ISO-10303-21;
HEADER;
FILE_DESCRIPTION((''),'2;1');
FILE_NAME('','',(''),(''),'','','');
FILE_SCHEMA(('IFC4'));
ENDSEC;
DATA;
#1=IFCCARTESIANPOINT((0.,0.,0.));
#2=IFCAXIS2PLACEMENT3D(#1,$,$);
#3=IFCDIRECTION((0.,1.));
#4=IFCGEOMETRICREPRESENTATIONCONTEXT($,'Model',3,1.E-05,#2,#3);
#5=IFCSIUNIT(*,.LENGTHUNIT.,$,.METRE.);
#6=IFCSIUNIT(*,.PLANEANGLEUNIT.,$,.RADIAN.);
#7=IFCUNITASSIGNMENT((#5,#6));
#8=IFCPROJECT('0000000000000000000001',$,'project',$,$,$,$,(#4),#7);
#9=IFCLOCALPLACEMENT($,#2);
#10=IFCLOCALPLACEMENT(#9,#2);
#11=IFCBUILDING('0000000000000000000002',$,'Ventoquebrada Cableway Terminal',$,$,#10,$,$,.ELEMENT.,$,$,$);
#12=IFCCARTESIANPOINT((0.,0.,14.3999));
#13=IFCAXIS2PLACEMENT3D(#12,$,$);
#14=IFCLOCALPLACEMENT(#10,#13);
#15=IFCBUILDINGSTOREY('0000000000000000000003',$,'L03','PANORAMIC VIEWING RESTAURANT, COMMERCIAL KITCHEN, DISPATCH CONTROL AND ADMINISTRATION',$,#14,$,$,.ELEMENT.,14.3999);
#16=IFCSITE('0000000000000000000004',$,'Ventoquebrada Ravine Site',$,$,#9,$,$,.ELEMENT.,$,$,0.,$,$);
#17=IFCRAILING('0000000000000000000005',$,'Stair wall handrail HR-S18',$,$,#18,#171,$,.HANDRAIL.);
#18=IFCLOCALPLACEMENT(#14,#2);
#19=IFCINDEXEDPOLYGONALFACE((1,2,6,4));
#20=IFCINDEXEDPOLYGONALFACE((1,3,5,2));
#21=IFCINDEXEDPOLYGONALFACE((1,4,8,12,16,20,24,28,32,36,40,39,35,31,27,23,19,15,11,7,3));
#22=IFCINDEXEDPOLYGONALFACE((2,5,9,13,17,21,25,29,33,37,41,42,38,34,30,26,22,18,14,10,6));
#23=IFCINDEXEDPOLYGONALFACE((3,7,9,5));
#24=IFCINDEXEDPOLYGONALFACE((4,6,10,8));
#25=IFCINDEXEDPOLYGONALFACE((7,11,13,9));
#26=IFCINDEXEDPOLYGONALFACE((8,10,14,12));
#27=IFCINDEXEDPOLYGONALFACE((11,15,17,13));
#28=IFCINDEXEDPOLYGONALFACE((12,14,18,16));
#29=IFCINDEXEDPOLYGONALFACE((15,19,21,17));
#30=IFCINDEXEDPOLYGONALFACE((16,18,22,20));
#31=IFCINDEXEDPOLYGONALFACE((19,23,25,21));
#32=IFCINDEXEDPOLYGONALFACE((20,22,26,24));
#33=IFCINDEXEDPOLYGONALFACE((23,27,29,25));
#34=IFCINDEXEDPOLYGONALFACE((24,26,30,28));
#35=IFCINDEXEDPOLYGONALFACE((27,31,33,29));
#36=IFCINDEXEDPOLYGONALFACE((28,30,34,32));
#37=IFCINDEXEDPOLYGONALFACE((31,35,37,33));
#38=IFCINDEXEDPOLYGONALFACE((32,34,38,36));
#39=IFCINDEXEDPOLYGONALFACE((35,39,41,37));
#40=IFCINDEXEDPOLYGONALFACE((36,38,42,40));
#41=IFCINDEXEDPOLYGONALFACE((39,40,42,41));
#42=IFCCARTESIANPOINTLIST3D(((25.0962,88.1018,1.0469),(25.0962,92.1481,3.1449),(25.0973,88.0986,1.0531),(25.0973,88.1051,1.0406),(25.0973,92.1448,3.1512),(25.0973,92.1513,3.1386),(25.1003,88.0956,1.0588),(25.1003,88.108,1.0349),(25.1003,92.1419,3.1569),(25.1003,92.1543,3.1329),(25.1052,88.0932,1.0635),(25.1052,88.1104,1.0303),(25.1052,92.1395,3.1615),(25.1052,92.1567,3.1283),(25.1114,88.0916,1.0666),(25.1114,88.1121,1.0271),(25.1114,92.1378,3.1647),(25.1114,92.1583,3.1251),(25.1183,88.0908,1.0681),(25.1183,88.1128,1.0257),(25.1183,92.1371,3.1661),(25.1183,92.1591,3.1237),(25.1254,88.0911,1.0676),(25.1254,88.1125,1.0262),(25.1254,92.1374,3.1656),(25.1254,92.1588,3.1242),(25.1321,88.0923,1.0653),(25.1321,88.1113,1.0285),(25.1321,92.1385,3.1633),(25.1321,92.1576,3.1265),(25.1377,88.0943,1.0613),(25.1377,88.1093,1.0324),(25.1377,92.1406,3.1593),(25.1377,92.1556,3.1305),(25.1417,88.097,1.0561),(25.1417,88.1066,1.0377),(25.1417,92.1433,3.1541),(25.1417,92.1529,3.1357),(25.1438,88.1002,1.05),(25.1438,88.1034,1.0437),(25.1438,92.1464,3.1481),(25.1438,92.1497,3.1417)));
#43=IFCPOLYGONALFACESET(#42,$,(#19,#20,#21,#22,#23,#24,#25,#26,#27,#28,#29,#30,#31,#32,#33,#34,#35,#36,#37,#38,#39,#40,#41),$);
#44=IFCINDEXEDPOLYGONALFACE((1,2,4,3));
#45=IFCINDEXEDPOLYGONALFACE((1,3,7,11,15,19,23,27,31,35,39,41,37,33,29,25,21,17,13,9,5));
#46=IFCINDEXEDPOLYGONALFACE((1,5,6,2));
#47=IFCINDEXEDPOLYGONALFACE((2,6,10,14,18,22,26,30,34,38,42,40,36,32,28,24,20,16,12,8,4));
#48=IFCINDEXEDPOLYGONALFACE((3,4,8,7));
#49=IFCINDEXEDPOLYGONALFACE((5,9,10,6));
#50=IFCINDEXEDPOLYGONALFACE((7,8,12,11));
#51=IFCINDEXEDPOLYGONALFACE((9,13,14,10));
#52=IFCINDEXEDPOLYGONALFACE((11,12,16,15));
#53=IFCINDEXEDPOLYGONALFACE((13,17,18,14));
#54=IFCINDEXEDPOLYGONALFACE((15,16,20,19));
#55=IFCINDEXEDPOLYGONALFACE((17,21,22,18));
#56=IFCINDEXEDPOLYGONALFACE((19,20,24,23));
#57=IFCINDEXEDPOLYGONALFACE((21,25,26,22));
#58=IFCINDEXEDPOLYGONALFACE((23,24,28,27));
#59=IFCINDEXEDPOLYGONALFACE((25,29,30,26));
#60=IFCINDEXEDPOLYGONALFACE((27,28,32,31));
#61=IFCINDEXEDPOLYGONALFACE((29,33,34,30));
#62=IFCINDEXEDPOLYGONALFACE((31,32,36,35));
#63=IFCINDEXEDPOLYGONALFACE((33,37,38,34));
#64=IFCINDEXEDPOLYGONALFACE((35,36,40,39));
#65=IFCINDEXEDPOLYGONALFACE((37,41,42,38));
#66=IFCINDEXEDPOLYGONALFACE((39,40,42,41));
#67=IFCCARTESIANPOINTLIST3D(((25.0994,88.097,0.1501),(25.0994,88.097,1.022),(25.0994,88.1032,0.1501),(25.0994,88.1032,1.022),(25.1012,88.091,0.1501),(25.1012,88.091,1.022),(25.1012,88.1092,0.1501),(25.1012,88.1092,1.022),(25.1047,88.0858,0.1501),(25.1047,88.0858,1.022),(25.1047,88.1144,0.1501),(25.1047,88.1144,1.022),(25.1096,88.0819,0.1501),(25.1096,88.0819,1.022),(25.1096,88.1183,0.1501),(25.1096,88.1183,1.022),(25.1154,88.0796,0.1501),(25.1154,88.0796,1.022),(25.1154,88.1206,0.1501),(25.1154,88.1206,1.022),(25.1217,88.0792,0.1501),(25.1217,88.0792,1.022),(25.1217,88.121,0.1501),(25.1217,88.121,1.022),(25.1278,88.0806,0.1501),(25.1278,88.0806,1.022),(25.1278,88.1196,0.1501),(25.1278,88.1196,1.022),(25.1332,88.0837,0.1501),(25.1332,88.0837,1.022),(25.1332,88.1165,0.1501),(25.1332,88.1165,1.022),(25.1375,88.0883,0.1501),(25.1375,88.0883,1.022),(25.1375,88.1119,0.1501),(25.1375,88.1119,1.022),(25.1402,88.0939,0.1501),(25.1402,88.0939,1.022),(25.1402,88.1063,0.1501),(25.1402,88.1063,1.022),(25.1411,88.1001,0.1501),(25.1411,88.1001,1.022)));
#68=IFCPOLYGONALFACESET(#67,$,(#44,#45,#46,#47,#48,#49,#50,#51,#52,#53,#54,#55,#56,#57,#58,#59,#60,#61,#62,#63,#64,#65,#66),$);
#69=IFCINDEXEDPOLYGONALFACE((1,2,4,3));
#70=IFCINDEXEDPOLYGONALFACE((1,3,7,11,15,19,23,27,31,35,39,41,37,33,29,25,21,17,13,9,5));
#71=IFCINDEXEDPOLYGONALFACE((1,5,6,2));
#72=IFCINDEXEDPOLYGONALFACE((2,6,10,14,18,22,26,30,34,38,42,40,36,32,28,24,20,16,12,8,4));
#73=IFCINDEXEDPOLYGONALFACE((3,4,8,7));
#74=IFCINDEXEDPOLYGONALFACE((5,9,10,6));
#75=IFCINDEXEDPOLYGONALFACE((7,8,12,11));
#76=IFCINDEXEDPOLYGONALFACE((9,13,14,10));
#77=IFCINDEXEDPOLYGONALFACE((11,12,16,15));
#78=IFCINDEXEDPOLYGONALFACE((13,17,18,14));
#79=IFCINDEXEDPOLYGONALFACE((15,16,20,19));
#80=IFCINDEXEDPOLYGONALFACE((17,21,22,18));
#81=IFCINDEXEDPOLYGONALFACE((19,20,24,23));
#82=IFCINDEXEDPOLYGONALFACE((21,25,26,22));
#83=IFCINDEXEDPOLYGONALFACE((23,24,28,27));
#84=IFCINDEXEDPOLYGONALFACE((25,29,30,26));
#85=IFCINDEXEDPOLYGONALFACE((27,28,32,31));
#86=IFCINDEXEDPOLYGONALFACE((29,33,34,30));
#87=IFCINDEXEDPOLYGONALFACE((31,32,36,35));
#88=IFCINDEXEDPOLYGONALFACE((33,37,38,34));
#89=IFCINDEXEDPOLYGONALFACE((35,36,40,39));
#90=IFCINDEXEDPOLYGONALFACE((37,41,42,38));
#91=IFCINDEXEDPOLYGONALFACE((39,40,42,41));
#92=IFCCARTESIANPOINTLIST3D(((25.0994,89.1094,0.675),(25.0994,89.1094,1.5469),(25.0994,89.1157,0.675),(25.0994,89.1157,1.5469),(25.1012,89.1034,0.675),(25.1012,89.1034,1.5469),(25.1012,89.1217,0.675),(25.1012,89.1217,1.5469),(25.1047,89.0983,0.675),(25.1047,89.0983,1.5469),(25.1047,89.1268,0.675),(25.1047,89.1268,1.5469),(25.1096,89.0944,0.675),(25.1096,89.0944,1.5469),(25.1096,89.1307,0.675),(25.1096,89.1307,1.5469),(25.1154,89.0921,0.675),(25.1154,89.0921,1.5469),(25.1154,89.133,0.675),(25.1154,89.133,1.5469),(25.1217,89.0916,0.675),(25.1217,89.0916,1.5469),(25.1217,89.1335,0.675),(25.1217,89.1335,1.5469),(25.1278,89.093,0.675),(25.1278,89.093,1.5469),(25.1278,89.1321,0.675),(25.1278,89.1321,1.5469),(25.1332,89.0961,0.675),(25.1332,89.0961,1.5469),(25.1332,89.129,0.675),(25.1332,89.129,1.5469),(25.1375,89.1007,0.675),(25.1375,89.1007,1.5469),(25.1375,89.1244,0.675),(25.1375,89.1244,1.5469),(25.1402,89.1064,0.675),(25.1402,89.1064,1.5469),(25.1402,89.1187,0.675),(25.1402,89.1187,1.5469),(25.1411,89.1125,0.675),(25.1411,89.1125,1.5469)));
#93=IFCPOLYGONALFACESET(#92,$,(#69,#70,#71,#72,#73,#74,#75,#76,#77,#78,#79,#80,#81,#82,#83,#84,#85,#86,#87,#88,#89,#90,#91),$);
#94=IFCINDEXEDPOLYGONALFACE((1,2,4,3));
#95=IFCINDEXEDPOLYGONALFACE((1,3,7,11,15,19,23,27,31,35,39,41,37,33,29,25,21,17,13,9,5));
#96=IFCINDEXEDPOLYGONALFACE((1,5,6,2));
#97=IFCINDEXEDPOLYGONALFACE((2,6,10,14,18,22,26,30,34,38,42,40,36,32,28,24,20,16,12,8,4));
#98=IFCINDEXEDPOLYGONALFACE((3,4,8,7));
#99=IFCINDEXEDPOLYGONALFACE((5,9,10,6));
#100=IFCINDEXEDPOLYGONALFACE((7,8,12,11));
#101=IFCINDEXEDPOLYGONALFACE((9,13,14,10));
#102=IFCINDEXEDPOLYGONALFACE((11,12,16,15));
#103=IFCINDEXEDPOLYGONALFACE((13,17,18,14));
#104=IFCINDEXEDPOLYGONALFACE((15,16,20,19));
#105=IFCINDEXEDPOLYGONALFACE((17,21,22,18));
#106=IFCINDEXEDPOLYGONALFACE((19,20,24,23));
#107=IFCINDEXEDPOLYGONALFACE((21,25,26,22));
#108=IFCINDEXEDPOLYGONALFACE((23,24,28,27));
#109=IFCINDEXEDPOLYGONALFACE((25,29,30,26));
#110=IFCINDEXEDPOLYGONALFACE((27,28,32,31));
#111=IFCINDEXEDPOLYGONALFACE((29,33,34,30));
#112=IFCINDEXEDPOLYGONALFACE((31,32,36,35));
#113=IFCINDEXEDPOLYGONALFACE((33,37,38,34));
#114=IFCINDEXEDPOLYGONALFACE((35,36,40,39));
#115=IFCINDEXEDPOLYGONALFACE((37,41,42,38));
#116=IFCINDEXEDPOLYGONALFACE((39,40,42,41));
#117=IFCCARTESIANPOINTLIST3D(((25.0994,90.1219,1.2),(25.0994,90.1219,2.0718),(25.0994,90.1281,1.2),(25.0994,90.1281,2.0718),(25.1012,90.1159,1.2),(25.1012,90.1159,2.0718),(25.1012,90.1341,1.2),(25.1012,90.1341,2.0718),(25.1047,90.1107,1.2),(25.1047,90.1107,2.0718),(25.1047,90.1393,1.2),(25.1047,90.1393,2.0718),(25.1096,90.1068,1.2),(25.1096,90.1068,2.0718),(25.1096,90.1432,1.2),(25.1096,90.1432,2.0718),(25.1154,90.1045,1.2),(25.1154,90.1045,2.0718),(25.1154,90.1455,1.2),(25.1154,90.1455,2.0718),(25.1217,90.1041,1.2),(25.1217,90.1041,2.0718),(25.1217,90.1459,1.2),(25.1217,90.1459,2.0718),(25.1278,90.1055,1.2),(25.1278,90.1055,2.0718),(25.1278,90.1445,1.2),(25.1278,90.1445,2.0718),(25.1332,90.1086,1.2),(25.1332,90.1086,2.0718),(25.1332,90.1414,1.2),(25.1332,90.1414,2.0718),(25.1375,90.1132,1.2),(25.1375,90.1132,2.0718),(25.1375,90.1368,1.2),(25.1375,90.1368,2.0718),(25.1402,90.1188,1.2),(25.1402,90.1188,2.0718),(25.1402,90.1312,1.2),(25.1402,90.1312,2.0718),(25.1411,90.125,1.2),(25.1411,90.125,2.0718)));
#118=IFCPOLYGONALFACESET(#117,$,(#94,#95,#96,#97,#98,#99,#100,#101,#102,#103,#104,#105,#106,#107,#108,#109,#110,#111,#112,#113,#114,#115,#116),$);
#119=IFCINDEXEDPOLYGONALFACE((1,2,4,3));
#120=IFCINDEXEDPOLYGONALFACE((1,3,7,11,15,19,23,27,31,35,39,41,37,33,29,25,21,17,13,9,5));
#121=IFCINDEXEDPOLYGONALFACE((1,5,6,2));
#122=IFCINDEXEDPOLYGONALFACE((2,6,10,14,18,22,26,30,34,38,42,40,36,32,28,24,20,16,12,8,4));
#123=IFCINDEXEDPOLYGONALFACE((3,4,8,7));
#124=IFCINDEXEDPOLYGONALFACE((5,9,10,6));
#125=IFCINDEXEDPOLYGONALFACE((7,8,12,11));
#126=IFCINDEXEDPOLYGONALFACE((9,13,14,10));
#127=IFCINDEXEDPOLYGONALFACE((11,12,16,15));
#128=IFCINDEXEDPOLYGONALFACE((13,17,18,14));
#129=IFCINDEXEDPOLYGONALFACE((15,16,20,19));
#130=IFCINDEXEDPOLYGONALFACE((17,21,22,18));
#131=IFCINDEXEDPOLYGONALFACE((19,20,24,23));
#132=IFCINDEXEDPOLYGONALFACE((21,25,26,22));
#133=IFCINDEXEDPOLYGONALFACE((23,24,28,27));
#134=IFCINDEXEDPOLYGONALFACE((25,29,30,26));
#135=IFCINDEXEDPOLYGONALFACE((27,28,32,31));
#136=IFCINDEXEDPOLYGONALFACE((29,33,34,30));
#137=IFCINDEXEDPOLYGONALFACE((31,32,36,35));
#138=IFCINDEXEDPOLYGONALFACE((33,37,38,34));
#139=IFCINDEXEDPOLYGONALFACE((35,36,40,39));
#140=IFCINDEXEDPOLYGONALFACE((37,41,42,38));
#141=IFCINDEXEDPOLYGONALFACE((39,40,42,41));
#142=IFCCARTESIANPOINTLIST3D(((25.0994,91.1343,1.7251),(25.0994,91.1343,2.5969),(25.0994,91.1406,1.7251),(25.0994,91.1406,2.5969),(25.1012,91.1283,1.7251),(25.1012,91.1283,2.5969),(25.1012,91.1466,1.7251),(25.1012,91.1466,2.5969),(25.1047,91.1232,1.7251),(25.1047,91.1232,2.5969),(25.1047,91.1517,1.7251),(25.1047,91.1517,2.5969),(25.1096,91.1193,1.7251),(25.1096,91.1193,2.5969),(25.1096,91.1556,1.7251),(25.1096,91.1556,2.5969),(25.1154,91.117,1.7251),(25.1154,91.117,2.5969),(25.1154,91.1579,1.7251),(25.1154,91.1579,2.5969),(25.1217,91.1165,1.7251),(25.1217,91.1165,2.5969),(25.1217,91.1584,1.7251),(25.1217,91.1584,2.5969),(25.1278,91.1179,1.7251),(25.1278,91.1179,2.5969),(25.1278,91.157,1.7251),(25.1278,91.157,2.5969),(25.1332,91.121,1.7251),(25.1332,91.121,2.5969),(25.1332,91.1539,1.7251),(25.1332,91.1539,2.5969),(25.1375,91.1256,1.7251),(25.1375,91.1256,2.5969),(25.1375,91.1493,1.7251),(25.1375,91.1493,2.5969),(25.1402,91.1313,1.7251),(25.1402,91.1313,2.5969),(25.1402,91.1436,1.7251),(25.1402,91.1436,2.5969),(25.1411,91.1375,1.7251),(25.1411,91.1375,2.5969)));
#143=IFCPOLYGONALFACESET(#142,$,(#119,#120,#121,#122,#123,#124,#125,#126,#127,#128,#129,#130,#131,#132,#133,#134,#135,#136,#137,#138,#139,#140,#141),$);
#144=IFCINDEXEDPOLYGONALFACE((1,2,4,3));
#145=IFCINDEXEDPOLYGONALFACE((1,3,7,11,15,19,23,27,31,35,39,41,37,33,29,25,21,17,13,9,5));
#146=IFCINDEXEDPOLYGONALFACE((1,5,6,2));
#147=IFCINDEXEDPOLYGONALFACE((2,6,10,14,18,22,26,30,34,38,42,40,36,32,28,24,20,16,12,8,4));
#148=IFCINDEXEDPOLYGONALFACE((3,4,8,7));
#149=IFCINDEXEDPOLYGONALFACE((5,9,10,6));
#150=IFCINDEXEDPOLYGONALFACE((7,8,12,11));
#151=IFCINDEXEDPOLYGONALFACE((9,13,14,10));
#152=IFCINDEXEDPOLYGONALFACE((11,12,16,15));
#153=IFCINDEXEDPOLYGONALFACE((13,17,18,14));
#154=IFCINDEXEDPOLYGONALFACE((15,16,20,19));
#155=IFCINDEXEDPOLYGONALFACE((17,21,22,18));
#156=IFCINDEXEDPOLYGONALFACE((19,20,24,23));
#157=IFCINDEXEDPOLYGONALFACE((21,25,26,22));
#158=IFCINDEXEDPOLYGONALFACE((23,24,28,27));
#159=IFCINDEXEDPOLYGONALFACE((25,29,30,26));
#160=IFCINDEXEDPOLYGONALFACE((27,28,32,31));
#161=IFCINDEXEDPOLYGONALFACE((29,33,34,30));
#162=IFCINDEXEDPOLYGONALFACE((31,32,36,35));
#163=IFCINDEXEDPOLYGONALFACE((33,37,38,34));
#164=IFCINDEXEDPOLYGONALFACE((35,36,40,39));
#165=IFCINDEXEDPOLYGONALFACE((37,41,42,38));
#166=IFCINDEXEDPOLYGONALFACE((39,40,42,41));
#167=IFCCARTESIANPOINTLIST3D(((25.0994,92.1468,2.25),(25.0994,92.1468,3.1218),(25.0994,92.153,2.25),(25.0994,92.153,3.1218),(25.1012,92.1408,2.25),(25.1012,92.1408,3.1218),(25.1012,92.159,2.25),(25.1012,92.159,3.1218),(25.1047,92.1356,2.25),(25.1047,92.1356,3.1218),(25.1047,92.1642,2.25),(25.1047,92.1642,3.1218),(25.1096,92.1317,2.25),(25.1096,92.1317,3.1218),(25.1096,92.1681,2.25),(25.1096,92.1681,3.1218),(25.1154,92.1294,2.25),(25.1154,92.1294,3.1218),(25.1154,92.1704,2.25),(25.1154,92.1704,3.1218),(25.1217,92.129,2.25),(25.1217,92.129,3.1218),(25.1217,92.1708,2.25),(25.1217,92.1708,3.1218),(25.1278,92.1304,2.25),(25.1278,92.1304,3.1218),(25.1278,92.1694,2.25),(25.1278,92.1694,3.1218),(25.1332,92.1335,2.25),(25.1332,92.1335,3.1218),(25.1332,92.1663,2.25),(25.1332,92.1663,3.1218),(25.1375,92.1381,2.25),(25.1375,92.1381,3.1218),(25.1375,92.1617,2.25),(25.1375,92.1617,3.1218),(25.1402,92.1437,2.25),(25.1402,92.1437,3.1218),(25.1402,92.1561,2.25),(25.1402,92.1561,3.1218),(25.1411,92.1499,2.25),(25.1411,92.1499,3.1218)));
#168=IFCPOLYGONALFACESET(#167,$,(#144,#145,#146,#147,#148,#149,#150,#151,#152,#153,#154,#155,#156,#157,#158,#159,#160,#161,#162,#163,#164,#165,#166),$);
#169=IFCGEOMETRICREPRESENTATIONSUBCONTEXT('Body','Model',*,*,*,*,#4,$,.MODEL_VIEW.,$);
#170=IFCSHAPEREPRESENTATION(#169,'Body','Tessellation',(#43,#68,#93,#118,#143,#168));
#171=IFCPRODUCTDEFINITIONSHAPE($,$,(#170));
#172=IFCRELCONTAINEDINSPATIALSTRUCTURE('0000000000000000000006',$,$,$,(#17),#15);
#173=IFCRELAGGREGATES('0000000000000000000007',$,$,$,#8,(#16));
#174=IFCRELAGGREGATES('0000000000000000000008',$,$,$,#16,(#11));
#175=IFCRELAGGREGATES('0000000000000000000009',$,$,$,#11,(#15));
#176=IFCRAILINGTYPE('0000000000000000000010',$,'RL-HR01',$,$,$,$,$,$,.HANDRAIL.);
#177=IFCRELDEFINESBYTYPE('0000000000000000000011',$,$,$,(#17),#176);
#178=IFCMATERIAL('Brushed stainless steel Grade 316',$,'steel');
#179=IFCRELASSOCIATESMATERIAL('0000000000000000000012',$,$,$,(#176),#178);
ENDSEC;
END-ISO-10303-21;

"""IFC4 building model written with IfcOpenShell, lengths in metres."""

from ifc_helpers import new_model, si_unit, direction, frame, origin, origin_2d, place, context, subcontext, project, spatial, circle, extrude, material, type_object, element, save


model = new_model("IFC4")

# Units and contexts
model_context = context("Model", 3, precision=1e-05, world=origin(), true_north=direction((0.0, 1.0)))
body_context = subcontext(model_context, "Body", "Model", "MODEL_VIEW")
ifc_project = project(units=[si_unit("LENGTHUNIT", "METRE"), si_unit("PLANEANGLEUNIT", "RADIAN")], contexts=[model_context])

# Site, building, storey
site_placement = place(None, origin())
site = spatial("IfcSite", under=ifc_project, at=site_placement, Name="Ventoquebrada Ravine Site", CompositionType="ELEMENT", RefElevation=0.0)
building_placement = place(site_placement, origin())
building = spatial("IfcBuilding", under=site, at=building_placement, Name="Ventoquebrada Cableway Terminal", CompositionType="ELEMENT")
storey_placement = place(building_placement, frame((0.0, 0.0, 14.3999)))
storey = spatial("IfcBuildingStorey", under=building, at=storey_placement, Name="L03", Description="PANORAMIC VIEWING RESTAURANT, COMMERCIAL KITCHEN, DISPATCH CONTROL AND ADMINISTRATION", CompositionType="ELEMENT", Elevation=14.3999)

# Railing
ifc_material_1 = material(Name="Brushed stainless steel Grade 316", Category="steel")
railing_type_1 = type_object("IfcRailingType", Name="RL-HR01", PredefinedType="HANDRAIL", material=ifc_material_1)
railing_1_placement = place(storey_placement, frame((25.1201, 88.1001, 0.1501)))
element("IfcRailing", 1, at=railing_1_placement, inside=storey, type_object=railing_type_1, Name="Stair wall handrail HR-S18", PredefinedType="HANDRAIL", context=body_context, shape_type="SweptSolid", body=[
    extrude(circle(Radius=0.0239, at=origin_2d()), frame((0.0, 0.0017, 0.8967), z_axis=(0.0, 0.887759, 0.460309), x_axis=(-1.0, 0.0, 0.0)), (0.0, 0.0, 1.0), 4.5579),
    extrude(circle(Radius=0.021, at=origin_2d()), origin(), (0.0, 0.0, 1.0), 0.8718),
    extrude(circle(Radius=0.021, at=origin_2d()), frame((0.0, 1.0125, 0.5249)), (0.0, 0.0, 1.0), 0.8718),
    extrude(circle(Radius=0.021, at=origin_2d()), frame((0.0, 2.0249, 1.0498)), (0.0, 0.0, 1.0), 0.8718),
    extrude(circle(Radius=0.021, at=origin_2d()), frame((0.0, 3.0374, 1.575)), (0.0, 0.0, 1.0), 0.8718),
    extrude(circle(Radius=0.021, at=origin_2d()), frame((0.0, 4.0498, 2.0999)), (0.0, 0.0, 1.0), 0.8718),
])

save(model, "model.ifc")
